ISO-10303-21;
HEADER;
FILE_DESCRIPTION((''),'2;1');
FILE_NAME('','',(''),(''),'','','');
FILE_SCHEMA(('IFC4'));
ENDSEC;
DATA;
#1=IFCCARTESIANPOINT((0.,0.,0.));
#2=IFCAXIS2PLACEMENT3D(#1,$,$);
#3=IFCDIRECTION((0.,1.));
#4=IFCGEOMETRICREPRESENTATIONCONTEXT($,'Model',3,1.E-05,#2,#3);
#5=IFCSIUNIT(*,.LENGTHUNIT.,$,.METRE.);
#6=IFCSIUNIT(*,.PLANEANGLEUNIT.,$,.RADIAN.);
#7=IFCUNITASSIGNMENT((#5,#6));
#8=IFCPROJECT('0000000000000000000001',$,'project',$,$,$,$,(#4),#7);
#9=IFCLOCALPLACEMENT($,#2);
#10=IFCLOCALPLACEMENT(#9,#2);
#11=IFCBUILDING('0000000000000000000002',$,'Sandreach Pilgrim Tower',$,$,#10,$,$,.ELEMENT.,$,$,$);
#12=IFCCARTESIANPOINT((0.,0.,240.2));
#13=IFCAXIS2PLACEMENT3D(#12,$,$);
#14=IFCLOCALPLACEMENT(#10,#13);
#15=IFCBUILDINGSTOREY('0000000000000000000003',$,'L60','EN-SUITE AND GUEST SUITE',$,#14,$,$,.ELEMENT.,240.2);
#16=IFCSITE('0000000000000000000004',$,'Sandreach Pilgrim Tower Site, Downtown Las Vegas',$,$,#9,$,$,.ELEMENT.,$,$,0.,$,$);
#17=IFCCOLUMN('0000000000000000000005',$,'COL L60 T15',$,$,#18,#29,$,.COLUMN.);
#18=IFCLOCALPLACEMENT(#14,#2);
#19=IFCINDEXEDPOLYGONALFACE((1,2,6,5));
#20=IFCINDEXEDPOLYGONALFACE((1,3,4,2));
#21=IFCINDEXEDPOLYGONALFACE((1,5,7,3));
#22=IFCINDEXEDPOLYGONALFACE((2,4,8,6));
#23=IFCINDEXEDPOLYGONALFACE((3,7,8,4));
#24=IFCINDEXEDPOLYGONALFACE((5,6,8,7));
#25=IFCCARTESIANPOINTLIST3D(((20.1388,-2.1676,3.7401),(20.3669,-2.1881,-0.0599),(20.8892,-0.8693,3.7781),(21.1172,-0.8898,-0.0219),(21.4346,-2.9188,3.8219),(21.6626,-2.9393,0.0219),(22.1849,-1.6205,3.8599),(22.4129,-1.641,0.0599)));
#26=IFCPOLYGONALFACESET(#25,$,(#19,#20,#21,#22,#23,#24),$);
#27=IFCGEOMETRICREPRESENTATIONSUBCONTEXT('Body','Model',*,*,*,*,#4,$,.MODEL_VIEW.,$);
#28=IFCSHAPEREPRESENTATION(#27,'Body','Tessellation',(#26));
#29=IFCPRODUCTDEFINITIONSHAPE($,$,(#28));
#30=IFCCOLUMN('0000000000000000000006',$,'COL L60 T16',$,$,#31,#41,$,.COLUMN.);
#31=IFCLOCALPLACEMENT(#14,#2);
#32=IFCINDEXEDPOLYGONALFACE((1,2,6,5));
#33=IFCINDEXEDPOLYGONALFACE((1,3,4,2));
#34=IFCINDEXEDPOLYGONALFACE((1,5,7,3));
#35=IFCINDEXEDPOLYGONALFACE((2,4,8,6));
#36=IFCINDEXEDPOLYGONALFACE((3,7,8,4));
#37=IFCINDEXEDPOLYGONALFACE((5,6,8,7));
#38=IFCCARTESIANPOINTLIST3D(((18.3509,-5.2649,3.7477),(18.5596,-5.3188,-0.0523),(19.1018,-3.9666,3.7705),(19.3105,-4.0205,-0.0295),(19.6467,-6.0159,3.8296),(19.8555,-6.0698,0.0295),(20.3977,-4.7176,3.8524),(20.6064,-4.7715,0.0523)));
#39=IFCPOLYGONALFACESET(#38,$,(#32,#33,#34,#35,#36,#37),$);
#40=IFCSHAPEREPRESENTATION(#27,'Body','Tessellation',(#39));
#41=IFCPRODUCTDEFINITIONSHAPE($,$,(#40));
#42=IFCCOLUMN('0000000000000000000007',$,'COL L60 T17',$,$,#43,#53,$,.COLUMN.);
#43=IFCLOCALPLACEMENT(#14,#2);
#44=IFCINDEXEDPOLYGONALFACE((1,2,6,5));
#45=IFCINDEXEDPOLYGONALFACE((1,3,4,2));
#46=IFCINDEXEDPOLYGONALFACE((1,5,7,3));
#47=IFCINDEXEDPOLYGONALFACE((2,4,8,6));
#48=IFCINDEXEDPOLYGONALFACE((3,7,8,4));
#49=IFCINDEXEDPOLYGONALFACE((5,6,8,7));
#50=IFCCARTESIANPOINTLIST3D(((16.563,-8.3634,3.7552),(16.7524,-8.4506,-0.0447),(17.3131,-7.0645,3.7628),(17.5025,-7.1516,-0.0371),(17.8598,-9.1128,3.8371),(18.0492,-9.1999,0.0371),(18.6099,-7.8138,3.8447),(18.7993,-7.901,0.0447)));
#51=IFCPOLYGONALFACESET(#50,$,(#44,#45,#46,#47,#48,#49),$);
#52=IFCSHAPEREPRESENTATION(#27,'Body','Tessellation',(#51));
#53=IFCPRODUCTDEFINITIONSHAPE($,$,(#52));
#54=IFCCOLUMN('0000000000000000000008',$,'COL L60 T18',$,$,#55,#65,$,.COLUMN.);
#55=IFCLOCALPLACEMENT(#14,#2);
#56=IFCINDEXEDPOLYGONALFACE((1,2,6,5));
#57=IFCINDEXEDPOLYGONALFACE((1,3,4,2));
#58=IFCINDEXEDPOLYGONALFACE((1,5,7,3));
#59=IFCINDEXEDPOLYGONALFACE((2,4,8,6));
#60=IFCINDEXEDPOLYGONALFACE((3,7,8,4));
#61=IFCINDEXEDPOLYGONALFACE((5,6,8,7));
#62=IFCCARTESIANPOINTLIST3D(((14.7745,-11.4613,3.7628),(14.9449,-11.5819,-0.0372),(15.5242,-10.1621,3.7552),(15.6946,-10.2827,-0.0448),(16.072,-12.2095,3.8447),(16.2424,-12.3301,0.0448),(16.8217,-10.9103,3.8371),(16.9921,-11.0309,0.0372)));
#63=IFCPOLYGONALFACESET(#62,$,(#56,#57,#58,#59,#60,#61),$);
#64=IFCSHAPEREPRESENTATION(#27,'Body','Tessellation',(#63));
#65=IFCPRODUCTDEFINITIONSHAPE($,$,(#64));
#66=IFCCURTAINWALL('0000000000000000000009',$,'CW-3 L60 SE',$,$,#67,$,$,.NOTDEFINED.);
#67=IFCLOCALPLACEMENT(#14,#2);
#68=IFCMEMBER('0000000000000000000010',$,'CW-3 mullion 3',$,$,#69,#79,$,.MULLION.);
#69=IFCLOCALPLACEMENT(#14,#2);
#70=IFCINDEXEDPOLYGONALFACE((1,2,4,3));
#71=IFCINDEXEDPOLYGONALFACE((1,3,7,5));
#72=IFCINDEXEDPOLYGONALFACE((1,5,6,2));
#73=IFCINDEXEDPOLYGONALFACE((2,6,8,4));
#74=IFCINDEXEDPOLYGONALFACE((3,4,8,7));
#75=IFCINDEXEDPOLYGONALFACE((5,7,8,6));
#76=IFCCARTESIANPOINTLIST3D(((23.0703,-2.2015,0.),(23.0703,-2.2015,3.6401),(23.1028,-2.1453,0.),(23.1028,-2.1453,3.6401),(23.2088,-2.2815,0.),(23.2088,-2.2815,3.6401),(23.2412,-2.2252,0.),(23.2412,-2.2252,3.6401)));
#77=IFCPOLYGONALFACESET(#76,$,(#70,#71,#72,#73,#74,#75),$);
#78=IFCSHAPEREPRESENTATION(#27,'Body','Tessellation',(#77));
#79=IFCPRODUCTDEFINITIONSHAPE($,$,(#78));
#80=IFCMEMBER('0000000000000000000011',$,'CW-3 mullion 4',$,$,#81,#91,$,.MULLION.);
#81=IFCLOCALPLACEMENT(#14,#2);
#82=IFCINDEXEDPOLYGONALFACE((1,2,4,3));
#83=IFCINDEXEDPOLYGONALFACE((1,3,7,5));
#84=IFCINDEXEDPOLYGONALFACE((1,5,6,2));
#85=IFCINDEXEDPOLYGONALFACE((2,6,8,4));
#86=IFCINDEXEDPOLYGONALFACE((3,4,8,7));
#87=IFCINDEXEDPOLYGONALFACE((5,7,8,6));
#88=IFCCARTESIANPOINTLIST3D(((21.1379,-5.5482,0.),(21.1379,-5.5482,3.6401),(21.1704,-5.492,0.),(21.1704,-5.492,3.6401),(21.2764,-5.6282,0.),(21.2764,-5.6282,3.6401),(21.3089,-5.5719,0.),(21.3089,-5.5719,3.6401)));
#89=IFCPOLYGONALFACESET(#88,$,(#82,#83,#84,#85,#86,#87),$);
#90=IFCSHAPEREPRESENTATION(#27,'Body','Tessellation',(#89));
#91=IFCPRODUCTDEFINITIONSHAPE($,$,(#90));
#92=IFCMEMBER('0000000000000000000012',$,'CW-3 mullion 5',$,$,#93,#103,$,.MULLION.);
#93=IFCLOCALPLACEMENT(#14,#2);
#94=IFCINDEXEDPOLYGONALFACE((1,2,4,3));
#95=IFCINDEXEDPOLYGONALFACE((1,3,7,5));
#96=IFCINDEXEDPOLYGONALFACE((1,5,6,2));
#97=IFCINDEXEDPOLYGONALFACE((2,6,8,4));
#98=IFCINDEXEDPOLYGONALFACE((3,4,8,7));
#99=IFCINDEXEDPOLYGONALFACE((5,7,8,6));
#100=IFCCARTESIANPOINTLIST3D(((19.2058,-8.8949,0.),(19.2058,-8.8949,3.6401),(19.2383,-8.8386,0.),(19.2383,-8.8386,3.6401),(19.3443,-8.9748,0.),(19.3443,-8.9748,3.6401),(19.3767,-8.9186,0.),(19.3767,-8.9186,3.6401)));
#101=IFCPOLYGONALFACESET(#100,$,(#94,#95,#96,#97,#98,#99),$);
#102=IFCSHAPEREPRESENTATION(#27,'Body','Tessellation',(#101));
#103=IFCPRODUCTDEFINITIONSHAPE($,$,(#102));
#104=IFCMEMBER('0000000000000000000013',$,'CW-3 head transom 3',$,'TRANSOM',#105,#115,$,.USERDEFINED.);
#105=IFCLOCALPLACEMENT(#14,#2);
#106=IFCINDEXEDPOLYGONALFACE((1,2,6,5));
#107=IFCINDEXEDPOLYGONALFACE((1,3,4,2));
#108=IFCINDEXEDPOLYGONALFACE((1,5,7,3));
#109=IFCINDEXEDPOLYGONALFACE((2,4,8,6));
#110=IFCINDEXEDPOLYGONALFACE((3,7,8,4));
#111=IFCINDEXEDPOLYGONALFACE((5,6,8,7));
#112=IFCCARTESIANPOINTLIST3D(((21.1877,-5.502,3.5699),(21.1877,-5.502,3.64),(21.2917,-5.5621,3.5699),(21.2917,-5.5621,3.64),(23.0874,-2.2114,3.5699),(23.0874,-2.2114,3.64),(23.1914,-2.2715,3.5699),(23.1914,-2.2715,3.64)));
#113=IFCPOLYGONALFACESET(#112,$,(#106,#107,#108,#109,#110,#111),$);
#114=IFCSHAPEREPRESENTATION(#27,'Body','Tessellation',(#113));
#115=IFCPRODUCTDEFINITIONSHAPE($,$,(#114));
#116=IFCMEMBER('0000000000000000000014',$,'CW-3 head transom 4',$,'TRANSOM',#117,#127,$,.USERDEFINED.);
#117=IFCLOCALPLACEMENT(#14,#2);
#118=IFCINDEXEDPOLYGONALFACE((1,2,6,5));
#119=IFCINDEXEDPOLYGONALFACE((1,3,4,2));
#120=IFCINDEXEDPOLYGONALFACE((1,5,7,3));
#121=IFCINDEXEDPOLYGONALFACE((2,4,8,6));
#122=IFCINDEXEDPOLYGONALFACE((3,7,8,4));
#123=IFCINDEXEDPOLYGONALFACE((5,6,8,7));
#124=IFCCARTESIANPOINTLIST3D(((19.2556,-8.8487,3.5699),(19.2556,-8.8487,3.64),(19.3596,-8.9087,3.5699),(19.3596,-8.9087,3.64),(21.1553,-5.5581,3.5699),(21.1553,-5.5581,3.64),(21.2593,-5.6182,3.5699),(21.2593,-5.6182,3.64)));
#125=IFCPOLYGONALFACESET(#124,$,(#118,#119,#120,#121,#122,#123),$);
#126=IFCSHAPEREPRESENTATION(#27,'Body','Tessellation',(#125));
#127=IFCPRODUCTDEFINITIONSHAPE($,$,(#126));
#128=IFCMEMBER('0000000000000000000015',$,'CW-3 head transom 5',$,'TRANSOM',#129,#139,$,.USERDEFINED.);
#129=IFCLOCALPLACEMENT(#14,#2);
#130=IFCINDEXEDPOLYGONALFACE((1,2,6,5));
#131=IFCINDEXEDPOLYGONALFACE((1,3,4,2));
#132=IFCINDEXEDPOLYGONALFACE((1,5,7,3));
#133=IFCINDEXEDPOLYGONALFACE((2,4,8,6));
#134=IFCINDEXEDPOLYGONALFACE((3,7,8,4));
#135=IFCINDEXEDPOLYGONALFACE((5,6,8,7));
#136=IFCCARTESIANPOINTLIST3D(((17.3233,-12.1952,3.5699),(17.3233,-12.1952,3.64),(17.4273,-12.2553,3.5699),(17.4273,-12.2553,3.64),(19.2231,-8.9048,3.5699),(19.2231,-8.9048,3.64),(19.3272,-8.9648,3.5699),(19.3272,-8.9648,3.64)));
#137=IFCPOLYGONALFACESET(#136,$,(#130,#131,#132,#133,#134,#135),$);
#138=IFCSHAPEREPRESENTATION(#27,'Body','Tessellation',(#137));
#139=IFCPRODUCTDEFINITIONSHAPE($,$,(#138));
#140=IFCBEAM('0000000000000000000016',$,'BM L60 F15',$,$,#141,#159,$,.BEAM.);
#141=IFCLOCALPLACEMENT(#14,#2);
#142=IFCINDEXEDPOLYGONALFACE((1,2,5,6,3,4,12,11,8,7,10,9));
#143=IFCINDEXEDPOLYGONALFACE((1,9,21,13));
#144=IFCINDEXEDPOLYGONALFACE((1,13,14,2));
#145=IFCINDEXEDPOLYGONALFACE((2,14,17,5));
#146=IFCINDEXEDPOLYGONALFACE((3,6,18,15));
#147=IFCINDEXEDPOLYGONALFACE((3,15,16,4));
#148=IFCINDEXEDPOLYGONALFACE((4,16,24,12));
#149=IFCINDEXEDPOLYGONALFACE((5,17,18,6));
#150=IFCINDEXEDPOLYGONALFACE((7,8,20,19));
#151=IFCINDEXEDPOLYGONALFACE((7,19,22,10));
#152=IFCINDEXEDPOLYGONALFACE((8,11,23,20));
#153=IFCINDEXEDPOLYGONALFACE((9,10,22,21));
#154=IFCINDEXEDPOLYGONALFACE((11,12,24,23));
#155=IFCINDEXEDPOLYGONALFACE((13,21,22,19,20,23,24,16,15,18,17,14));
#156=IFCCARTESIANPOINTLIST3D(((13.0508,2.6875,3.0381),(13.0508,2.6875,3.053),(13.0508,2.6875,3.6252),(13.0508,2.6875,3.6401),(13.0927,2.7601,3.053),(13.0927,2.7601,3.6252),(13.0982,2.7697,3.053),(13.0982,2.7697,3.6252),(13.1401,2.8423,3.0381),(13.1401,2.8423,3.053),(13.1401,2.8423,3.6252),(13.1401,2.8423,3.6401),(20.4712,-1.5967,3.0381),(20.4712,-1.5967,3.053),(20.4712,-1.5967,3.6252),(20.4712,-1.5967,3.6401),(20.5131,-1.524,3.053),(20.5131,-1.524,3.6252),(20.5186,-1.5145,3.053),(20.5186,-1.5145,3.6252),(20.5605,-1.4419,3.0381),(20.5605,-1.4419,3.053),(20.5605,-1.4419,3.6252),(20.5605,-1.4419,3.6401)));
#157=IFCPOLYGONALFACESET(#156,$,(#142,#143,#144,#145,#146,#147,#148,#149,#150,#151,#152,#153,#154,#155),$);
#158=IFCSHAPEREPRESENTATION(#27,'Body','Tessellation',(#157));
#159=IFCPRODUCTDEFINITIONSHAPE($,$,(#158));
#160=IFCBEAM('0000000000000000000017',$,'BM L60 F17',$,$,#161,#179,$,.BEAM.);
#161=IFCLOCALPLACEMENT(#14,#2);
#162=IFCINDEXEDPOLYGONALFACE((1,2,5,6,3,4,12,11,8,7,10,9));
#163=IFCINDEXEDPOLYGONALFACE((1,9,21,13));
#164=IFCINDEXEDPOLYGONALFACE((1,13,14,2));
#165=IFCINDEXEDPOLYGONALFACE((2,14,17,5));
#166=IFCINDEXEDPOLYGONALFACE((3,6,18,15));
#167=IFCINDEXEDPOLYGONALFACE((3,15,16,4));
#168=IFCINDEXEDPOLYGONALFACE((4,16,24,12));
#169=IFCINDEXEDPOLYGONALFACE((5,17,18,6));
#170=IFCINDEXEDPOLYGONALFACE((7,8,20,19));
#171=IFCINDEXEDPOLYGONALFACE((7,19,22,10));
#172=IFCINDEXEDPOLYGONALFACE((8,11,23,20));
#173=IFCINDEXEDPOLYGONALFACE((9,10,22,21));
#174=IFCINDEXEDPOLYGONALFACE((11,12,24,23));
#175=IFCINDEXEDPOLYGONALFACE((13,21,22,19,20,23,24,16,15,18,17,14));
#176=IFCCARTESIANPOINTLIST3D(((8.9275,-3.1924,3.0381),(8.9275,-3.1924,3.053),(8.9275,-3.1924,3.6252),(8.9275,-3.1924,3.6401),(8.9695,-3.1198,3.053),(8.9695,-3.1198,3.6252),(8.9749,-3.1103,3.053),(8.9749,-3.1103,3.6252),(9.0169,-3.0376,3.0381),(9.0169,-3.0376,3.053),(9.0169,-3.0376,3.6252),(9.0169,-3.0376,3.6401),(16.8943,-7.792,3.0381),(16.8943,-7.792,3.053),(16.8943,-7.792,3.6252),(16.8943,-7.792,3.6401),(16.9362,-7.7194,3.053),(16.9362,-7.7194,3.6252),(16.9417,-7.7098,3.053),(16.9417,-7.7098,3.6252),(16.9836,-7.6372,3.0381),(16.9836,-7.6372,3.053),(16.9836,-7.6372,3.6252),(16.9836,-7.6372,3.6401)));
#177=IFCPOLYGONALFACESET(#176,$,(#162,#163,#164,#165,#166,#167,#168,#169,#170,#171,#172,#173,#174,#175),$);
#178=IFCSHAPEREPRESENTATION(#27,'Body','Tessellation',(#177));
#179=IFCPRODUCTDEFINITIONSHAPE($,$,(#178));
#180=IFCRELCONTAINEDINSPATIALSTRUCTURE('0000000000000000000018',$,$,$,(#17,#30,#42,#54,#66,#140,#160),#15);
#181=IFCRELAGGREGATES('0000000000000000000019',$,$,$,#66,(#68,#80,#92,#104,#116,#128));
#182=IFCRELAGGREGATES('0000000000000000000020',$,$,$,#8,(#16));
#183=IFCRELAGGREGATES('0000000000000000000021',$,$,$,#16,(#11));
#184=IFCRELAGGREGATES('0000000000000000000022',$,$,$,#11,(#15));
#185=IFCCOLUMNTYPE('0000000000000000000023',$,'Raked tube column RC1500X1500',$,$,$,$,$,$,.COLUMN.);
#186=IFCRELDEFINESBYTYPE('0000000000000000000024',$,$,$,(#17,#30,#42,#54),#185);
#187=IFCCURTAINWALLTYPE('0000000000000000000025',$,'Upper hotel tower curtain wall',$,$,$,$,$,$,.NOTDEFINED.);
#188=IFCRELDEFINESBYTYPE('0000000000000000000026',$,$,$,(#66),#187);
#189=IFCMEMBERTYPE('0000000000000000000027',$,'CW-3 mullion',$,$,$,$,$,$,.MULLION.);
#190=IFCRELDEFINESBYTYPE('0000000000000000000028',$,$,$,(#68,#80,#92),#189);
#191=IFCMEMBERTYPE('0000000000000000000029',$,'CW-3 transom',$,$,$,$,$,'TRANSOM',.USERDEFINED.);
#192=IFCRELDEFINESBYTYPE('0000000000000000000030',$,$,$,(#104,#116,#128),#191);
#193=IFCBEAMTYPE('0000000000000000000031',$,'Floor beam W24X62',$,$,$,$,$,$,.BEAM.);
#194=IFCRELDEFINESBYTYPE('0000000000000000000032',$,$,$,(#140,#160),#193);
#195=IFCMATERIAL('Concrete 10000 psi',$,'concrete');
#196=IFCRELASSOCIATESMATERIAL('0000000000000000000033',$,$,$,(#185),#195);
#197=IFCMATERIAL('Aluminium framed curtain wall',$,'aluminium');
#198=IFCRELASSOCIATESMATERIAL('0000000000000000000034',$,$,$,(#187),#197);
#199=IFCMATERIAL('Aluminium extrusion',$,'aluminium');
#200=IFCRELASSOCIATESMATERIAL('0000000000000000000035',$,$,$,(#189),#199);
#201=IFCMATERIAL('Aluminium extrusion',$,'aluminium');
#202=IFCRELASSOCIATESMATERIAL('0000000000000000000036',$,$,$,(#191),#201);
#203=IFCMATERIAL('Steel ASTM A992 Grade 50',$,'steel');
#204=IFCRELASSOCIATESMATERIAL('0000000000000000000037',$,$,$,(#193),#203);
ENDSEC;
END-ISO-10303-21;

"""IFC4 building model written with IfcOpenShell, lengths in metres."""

from ifc_helpers import new_model, si_unit, direction, frame, origin, origin_2d, place, context, subcontext, project, spatial, rectangle, i_section, extrude, material, material_profile, profile_set, type_object, element, aggregate, save


model = new_model("IFC4")

# Units and contexts
model_context = context("Model", 3, precision=1e-05, world=origin(), true_north=direction((0.0, 1.0)))
body_context = subcontext(model_context, "Body", "Model", "MODEL_VIEW")
ifc_project = project(units=[si_unit("LENGTHUNIT", "METRE"), si_unit("PLANEANGLEUNIT", "RADIAN")], contexts=[model_context])

# Site, building, storey
site_placement = place(None, origin())
site = spatial("IfcSite", under=ifc_project, at=site_placement, Name="Sandreach Pilgrim Tower Site, Downtown Las Vegas", CompositionType="ELEMENT", RefElevation=0.0)
building_placement = place(site_placement, origin())
building = spatial("IfcBuilding", under=site, at=building_placement, Name="Sandreach Pilgrim Tower", CompositionType="ELEMENT")
storey_placement = place(building_placement, frame((0.0, 0.0, 240.2)))
storey = spatial("IfcBuildingStorey", under=building, at=storey_placement, Name="L60", Description="EN-SUITE AND GUEST SUITE", CompositionType="ELEMENT", Elevation=240.2)

# Columns
ifc_material_1 = material(Name="Concrete 10000 psi", Category="concrete")
ifc_material_profile_1 = material_profile(ifc_material_1, rectangle(XDim=1.5, YDim=1.5, at=origin_2d()), Name="RC1500X1500")
ifc_profile_set_1 = profile_set([ifc_material_profile_1], Name="Concrete 10000 psi")
column_type = type_object("IfcColumnType", Name="Raked tube column RC1500X1500", PredefinedType="COLUMN", material=ifc_profile_set_1)
column_1_placement = place(storey_placement, frame((21.3899, -1.9146, 0.0), z_axis=(-0.059898, 0.005387, 0.99819), x_axis=(0.863829, -0.500825, 0.054538)))
element("IfcColumn", 1, at=column_1_placement, inside=storey, type_object=column_type, Name="COL L60 T15", PredefinedType="COLUMN", context=body_context, shape_type="SweptSolid", body=[
    extrude(rectangle(XDim=1.5, YDim=1.5, at=origin_2d()), origin(), (0.0, 0.0, 1.0), 3.8069),
])
column_2_placement = place(storey_placement, frame((19.583, -5.0452, 0.0), z_axis=(-0.054843, 0.014176, 0.998394), x_axis=(0.863919, -0.500666, 0.054565)))
element("IfcColumn", 2, at=column_2_placement, inside=storey, type_object=column_type, Name="COL L60 T16", PredefinedType="COLUMN", context=body_context, shape_type="SweptSolid", body=[
    extrude(rectangle(XDim=1.5, YDim=1.5, at=origin_2d()), origin(), (0.0, 0.0, 1.0), 3.8062),
])
for number, where, z_axis, x_axis, name in (
    (3, (17.7759, -8.1758, 0.0), (-0.049781, 0.022902, 0.998498), (0.86455, -0.499575, 0.054561), "COL L60 T17"),
    (4, (15.9685, -11.3064, 0.0), (-0.044777, 0.03169, 0.998494), (0.864976, -0.498832, 0.054621), "COL L60 T18"),
):
    element("IfcColumn", number, at=place(storey_placement, frame(where, z_axis=z_axis, x_axis=x_axis)), inside=storey, type_object=column_type, Name=name, PredefinedType="COLUMN", context=body_context, shape_type="SweptSolid", body=[
        extrude(rectangle(XDim=1.5, YDim=1.5, at=origin_2d()), origin(), (0.0, 0.0, 1.0), 3.8057),
    ])

# Curtain wall, members
ifc_material_2 = material(Name="Aluminium framed curtain wall", Category="aluminium")
curtain_wall_type = type_object("IfcCurtainWallType", Name="Upper hotel tower curtain wall", PredefinedType="NOTDEFINED", material=ifc_material_2)
curtain_wall_placement = place(storey_placement, origin())
curtain_wall = element("IfcCurtainWall", 5, at=curtain_wall_placement, inside=storey, type_object=curtain_wall_type, Name="CW-3 L60 SE", PredefinedType="NOTDEFINED")
ifc_material_3 = material(Name="Aluminium extrusion", Category="aluminium")
ifc_material_profile_2 = material_profile(ifc_material_3, rectangle(XDim=0.0649, YDim=0.1599, at=origin_2d()), Name="CW-3M 65X160")
ifc_profile_set_2 = profile_set([ifc_material_profile_2], Name="Aluminium extrusion")
member_type_1 = type_object("IfcMemberType", Name="CW-3 mullion", PredefinedType="MULLION", material=ifc_profile_set_2)
member_1_placement = place(storey_placement, frame((23.1558, -2.2134, 0.0), z_axis=(0.0, 0.0, 1.0), x_axis=(-0.5, -0.866025, 0.0)))
member_1 = element("IfcMember", 6, at=member_1_placement, type_object=member_type_1, Name="CW-3 mullion 3", PredefinedType="MULLION", context=body_context, shape_type="SweptSolid", body=[
    extrude(rectangle(XDim=0.0649, YDim=0.1599, at=origin_2d()), origin(), (0.0, 0.0, 1.0), 3.6401),
])
member_2_placement = place(storey_placement, frame((21.2234, -5.5601, 0.0), z_axis=(0.0, 0.0, 1.0), x_axis=(-0.5, -0.866025, 0.0)))
member_2 = element("IfcMember", 7, at=member_2_placement, type_object=member_type_1, Name="CW-3 mullion 4", PredefinedType="MULLION", context=body_context, shape_type="SweptSolid", body=[
    extrude(rectangle(XDim=0.0649, YDim=0.1599, at=origin_2d()), origin(), (0.0, 0.0, 1.0), 3.6401),
])
member_3_placement = place(storey_placement, frame((19.2913, -8.9067, 0.0), z_axis=(0.0, 0.0, 1.0), x_axis=(-0.5, -0.866025, 0.0)))
member_3 = element("IfcMember", 8, at=member_3_placement, type_object=member_type_1, Name="CW-3 mullion 5", PredefinedType="MULLION", context=body_context, shape_type="SweptSolid", body=[
    extrude(rectangle(XDim=0.0649, YDim=0.1599, at=origin_2d()), origin(), (0.0, 0.0, 1.0), 3.6401),
])
ifc_material_4 = material(Name="Aluminium extrusion", Category="aluminium")
ifc_material_profile_3 = material_profile(ifc_material_4, rectangle(XDim=0.1201, YDim=0.0701, at=origin_2d()), Name="CW-3T 120X70")
ifc_profile_set_3 = profile_set([ifc_material_profile_3], Name="Aluminium extrusion")
member_type_2 = type_object("IfcMemberType", Name="CW-3 transom", ElementType="TRANSOM", PredefinedType="USERDEFINED", material=ifc_profile_set_3)
member_4_placement = place(storey_placement, frame((23.1394, -2.2415, 3.605), z_axis=(-0.499975, -0.86604, 0.0), x_axis=(0.86604, -0.499975, 0.0)))
member_4 = element("IfcMember", 9, at=member_4_placement, type_object=member_type_2, Name="CW-3 head transom 3", ObjectType="TRANSOM", PredefinedType="USERDEFINED", context=body_context, shape_type="SweptSolid", body=[
    extrude(rectangle(XDim=0.1201, YDim=0.0701, at=origin_2d()), origin(), (0.0, 0.0, 1.0), 3.7996),
])
member_5_placement = place(storey_placement, frame((21.2073, -5.5881, 3.605), z_axis=(-0.499975, -0.86604, 0.0), x_axis=(0.86604, -0.499975, 0.0)))
member_5 = element("IfcMember", 10, at=member_5_placement, type_object=member_type_2, Name="CW-3 head transom 4", ObjectType="TRANSOM", PredefinedType="USERDEFINED", context=body_context, shape_type="SweptSolid", body=[
    extrude(rectangle(XDim=0.1201, YDim=0.0701, at=origin_2d()), origin(), (0.0, 0.0, 1.0), 3.7996),
])
member_6_placement = place(storey_placement, frame((19.2751, -8.9348, 3.605), z_axis=(-0.500023, -0.866012, 0.0), x_axis=(0.866012, -0.500023, 0.0)))
member_6 = element("IfcMember", 11, at=member_6_placement, type_object=member_type_2, Name="CW-3 head transom 5", ObjectType="TRANSOM", PredefinedType="USERDEFINED", context=body_context, shape_type="SweptSolid", body=[
    extrude(rectangle(XDim=0.1201, YDim=0.0701, at=origin_2d()), origin(), (0.0, 0.0, 1.0), 3.7996),
])

# Beams
ifc_material_5 = material(Name="Steel ASTM A992 Grade 50", Category="steel")
ifc_material_profile_4 = material_profile(ifc_material_5, i_section(OverallWidth=0.1787, OverallDepth=0.6021, WebThickness=0.011, FlangeThickness=0.0149, at=origin_2d()), Name="W24X62")
ifc_profile_set_4 = profile_set([ifc_material_profile_4], Name="Steel ASTM A992 Grade 50")
beam_type_1 = type_object("IfcBeamType", Name="Floor beam W24X62", PredefinedType="BEAM", material=ifc_profile_set_4)
beam_1_placement = place(storey_placement, frame((20.5159, -1.5193, 3.3391), z_axis=(-0.866025, 0.5, 0.0), x_axis=(-0.5, -0.866025, 0.0)))
element("IfcBeam", 12, at=beam_1_placement, inside=storey, type_object=beam_type_1, Name="BM L60 F15", PredefinedType="BEAM", context=body_context, shape_type="SweptSolid", body=[
    extrude(i_section(OverallWidth=0.1787, OverallDepth=0.6021, WebThickness=0.011, FlangeThickness=0.0149, at=origin_2d()), origin(), (0.0, 0.0, 1.0), 8.5684),
])
beam_2_placement = place(storey_placement, frame((16.939, -7.7146, 3.3391), z_axis=(-0.866026, 0.499998, 0.0), x_axis=(-0.499998, -0.866026, 0.0)))
element("IfcBeam", 13, at=beam_2_placement, inside=storey, type_object=beam_type_1, Name="BM L60 F17", PredefinedType="BEAM", context=body_context, shape_type="SweptSolid", body=[
    extrude(i_section(OverallWidth=0.1787, OverallDepth=0.6021, WebThickness=0.011, FlangeThickness=0.0149, at=origin_2d()), origin(), (0.0, 0.0, 1.0), 9.1992),
])

aggregate(curtain_wall, [member_1, member_2, member_3, member_4, member_5, member_6])

save(model, "model.ifc")
